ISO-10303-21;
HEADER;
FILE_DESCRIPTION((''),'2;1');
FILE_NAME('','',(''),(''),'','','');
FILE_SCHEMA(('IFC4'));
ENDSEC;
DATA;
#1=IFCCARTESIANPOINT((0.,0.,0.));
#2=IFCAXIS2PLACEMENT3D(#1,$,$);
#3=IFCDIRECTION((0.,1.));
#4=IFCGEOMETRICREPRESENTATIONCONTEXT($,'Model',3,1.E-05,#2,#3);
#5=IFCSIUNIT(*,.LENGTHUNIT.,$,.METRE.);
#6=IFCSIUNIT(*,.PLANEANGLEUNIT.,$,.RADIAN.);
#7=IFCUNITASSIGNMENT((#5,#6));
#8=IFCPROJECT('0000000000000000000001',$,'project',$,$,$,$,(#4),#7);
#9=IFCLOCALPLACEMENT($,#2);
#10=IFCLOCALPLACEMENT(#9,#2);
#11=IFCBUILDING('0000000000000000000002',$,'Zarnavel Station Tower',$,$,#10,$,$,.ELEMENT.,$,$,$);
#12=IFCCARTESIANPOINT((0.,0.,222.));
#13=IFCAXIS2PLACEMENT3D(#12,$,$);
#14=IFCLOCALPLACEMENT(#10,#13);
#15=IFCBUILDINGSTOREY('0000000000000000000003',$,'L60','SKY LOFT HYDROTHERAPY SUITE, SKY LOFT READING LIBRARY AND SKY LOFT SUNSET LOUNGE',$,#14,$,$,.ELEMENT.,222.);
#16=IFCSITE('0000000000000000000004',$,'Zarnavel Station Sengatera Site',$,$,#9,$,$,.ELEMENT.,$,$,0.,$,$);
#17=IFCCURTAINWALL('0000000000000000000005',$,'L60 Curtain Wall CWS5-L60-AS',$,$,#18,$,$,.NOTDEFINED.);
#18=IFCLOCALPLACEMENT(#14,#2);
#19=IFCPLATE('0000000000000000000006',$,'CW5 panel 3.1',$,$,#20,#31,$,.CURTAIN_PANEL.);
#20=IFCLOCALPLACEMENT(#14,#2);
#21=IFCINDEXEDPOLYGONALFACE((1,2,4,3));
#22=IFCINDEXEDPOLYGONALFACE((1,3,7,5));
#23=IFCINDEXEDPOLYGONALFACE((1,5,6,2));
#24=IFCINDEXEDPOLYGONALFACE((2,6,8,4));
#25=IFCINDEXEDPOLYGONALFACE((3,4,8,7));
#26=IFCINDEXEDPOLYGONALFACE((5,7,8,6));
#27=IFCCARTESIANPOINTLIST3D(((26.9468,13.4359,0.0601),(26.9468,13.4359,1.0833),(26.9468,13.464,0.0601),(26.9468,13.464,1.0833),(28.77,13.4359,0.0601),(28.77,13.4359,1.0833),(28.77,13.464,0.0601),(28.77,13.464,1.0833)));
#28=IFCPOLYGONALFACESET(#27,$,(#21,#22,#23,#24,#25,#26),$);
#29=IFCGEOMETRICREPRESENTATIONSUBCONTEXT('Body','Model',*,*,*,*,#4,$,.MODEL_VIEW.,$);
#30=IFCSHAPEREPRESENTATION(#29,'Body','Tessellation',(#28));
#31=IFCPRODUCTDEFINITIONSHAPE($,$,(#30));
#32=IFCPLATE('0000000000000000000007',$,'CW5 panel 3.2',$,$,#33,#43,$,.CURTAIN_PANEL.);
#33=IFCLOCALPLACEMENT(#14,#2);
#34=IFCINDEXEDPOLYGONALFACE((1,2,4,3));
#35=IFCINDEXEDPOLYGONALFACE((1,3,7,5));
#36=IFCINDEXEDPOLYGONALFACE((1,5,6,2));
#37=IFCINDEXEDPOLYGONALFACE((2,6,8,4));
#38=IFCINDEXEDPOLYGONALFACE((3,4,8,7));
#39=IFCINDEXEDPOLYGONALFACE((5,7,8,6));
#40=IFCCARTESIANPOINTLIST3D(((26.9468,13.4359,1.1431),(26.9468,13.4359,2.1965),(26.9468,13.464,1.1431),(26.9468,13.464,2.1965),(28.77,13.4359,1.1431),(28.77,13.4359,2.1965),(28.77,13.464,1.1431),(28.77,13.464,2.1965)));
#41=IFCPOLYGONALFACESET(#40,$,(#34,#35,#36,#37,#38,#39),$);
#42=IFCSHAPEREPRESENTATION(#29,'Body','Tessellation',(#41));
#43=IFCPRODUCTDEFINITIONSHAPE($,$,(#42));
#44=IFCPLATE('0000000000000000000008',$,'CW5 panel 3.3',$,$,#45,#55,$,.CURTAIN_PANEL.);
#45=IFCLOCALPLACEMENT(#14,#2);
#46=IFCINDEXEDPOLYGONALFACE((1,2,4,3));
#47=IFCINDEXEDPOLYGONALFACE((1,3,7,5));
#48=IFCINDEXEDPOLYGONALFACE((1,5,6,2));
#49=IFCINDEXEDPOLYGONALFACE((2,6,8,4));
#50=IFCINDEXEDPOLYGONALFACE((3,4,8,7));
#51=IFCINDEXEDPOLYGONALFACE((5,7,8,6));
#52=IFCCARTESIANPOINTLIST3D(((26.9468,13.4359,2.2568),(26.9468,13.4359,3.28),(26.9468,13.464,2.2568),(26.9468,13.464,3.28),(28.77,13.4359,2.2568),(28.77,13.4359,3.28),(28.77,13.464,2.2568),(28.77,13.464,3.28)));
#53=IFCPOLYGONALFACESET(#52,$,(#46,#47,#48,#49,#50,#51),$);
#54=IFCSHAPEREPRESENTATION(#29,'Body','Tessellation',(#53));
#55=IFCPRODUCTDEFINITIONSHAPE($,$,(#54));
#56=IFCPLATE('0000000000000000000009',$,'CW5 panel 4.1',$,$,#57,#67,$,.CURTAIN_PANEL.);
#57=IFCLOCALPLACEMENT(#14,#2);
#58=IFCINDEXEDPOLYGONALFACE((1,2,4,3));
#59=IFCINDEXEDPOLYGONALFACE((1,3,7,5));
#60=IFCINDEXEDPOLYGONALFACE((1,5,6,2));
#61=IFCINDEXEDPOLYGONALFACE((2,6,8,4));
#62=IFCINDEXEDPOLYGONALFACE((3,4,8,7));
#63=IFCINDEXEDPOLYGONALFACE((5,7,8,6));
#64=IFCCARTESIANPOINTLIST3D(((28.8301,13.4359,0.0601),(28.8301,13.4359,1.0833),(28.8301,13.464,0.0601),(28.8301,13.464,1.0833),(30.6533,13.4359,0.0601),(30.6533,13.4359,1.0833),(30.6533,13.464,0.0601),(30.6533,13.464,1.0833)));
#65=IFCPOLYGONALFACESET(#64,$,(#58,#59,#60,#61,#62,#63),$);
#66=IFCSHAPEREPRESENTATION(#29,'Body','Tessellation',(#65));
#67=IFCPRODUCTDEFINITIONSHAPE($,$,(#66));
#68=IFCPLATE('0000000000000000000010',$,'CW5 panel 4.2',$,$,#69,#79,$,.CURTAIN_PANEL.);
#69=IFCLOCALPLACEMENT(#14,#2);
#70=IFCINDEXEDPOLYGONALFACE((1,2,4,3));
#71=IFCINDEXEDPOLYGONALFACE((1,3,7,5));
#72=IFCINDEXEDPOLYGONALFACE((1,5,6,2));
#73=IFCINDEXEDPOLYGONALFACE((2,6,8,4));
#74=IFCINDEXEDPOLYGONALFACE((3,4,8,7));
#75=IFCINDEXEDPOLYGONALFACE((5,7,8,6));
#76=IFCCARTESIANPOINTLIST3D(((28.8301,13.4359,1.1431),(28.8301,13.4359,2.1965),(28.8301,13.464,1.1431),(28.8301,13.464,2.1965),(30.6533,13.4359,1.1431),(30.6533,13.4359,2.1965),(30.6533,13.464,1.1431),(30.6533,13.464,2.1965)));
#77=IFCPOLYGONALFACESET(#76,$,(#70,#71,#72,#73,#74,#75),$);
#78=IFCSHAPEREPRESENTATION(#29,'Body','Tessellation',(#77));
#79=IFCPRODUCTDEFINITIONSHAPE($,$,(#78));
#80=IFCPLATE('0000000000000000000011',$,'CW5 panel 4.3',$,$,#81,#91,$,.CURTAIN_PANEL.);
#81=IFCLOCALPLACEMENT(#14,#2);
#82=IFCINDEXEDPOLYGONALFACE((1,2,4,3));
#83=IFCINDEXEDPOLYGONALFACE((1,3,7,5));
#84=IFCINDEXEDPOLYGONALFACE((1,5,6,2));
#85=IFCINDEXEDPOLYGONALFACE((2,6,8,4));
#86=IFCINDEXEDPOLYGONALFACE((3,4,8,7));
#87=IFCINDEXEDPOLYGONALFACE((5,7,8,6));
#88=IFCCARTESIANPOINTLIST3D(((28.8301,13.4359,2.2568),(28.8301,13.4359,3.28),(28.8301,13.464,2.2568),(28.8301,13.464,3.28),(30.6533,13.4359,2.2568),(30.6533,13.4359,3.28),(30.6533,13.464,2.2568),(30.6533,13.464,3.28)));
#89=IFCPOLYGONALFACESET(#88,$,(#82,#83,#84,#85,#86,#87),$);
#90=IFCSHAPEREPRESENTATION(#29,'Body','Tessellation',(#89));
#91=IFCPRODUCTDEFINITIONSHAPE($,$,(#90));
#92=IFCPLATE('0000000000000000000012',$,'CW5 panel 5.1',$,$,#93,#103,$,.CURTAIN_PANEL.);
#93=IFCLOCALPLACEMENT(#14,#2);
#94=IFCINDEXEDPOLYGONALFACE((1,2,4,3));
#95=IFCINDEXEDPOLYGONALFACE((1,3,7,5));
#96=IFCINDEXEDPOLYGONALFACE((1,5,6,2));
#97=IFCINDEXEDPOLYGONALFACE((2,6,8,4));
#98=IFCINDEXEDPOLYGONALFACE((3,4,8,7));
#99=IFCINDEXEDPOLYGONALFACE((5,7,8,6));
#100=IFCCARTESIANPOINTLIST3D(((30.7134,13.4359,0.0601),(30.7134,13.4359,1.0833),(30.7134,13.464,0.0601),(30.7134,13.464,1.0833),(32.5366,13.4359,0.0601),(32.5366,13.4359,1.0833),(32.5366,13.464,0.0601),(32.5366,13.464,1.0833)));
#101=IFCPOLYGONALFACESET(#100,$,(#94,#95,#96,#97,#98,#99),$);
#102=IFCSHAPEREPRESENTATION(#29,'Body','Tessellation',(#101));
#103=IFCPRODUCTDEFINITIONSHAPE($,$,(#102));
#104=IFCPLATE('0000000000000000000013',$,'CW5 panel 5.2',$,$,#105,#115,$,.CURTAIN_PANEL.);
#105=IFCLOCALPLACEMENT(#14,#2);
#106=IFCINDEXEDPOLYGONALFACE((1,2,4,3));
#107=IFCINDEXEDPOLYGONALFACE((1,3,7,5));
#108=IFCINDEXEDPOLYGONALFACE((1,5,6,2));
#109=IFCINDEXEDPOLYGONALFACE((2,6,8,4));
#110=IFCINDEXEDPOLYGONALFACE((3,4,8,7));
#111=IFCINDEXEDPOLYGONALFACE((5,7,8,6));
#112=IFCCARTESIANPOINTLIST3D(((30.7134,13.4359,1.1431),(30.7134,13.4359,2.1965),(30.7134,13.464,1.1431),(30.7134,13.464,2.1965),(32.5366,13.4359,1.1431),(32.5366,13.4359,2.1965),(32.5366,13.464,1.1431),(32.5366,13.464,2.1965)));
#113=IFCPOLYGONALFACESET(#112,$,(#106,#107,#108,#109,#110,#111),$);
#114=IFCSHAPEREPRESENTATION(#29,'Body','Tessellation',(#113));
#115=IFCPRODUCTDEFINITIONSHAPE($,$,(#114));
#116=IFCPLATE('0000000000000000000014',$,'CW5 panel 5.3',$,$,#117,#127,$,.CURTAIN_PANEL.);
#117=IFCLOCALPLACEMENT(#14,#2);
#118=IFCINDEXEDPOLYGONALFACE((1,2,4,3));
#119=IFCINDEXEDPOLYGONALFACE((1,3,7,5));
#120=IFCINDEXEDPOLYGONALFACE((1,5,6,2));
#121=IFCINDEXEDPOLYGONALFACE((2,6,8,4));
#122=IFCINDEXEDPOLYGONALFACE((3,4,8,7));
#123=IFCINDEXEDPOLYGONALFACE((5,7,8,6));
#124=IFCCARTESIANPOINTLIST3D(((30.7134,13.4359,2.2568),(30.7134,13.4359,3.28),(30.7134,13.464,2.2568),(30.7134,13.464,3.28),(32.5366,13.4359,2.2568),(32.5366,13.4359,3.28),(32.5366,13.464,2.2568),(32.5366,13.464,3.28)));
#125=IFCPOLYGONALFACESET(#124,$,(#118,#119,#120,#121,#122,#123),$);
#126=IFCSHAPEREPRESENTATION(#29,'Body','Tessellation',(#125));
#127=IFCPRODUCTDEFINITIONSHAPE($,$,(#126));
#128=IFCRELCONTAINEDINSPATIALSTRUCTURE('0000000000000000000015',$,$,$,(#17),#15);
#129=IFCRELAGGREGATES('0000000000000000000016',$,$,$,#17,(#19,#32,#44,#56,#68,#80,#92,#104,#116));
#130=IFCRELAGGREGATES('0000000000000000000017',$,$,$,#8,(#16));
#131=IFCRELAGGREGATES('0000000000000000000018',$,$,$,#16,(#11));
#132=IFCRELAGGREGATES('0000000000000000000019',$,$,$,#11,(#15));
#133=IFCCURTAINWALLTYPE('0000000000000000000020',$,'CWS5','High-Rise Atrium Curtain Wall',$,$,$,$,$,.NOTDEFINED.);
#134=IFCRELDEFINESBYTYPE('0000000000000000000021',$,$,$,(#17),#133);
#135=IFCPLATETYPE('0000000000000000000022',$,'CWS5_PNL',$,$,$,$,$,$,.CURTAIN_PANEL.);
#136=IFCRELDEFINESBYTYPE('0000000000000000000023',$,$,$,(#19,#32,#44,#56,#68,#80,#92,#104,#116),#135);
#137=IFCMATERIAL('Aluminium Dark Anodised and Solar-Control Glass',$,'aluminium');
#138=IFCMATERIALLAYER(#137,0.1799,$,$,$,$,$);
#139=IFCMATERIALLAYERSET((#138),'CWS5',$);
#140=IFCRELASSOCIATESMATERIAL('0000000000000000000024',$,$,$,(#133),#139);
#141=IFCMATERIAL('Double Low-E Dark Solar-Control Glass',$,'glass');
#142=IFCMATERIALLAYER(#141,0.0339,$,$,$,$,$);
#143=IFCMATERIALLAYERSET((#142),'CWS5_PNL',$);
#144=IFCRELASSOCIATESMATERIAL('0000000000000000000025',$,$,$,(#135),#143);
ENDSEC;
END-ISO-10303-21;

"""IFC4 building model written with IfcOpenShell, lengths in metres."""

from ifc_helpers import new_model, si_unit, direction, frame, origin, origin_2d, place, context, subcontext, project, spatial, rectangle, extrude, material, layer, layer_set, type_object, element, aggregate, save


model = new_model("IFC4")

# Units and contexts
model_context = context("Model", 3, precision=1e-05, world=origin(), true_north=direction((0.0, 1.0)))
body_context = subcontext(model_context, "Body", "Model", "MODEL_VIEW")
ifc_project = project(units=[si_unit("LENGTHUNIT", "METRE"), si_unit("PLANEANGLEUNIT", "RADIAN")], contexts=[model_context])

# Site, building, storey
site_placement = place(None, origin())
site = spatial("IfcSite", under=ifc_project, at=site_placement, Name="Zarnavel Station Sengatera Site", CompositionType="ELEMENT", RefElevation=0.0)
building_placement = place(site_placement, origin())
building = spatial("IfcBuilding", under=site, at=building_placement, Name="Zarnavel Station Tower", CompositionType="ELEMENT")
storey_placement = place(building_placement, frame((0.0, 0.0, 222.0)))
storey = spatial("IfcBuildingStorey", under=building, at=storey_placement, Name="L60", Description="SKY LOFT HYDROTHERAPY SUITE, SKY LOFT READING LIBRARY AND SKY LOFT SUNSET LOUNGE", CompositionType="ELEMENT", Elevation=222.0)

# Curtain wall, plates
ifc_material_1 = material(Name="Aluminium Dark Anodised and Solar-Control Glass", Category="aluminium")
ifc_layer_1 = layer(ifc_material_1, 0.1799)
ifc_layer_set_1 = layer_set([ifc_layer_1], Name="CWS5")
curtain_wall_type = type_object("IfcCurtainWallType", Name="CWS5", Description="High-Rise Atrium Curtain Wall", PredefinedType="NOTDEFINED", material=ifc_layer_set_1)
curtain_wall_placement = place(storey_placement, origin())
curtain_wall = element("IfcCurtainWall", 1, at=curtain_wall_placement, inside=storey, type_object=curtain_wall_type, Name="L60 Curtain Wall CWS5-L60-AS", PredefinedType="NOTDEFINED")
ifc_material_2 = material(Name="Double Low-E Dark Solar-Control Glass", Category="glass")
ifc_layer_2 = layer(ifc_material_2, 0.0339)
ifc_layer_set_2 = layer_set([ifc_layer_2], Name="CWS5_PNL")
plate_type = type_object("IfcPlateType", Name="CWS5_PNL", PredefinedType="CURTAIN_PANEL", material=ifc_layer_set_2)
plate_1_placement = place(storey_placement, frame((27.8584, 13.45, 0.0601), z_axis=(0.0, 0.0, 1.0), x_axis=(1.0, 0.0, 0.0)))
plate_1 = element("IfcPlate", 2, at=plate_1_placement, type_object=plate_type, Name="CW5 panel 3.1", PredefinedType="CURTAIN_PANEL", context=body_context, shape_type="SweptSolid", body=[
    extrude(rectangle(XDim=1.8232, YDim=0.0281, at=origin_2d()), origin(), (0.0, 0.0, 1.0), 1.0232),
])
plate_2_placement = place(storey_placement, frame((27.8584, 13.45, 1.1431), z_axis=(0.0, 0.0, 1.0), x_axis=(1.0, 0.0, 0.0)))
plate_2 = element("IfcPlate", 3, at=plate_2_placement, type_object=plate_type, Name="CW5 panel 3.2", PredefinedType="CURTAIN_PANEL", context=body_context, shape_type="SweptSolid", body=[
    extrude(rectangle(XDim=1.8232, YDim=0.0281, at=origin_2d()), origin(), (0.0, 0.0, 1.0), 1.0535),
])
plate_3_placement = place(storey_placement, frame((27.8584, 13.45, 2.2568), z_axis=(0.0, 0.0, 1.0), x_axis=(1.0, 0.0, 0.0)))
plate_3 = element("IfcPlate", 4, at=plate_3_placement, type_object=plate_type, Name="CW5 panel 3.3", PredefinedType="CURTAIN_PANEL", context=body_context, shape_type="SweptSolid", body=[
    extrude(rectangle(XDim=1.8232, YDim=0.0281, at=origin_2d()), origin(), (0.0, 0.0, 1.0), 1.0232),
])
plate_4_placement = place(storey_placement, frame((29.7417, 13.45, 0.0601), z_axis=(0.0, 0.0, 1.0), x_axis=(1.0, 0.0, 0.0)))
plate_4 = element("IfcPlate", 5, at=plate_4_placement, type_object=plate_type, Name="CW5 panel 4.1", PredefinedType="CURTAIN_PANEL", context=body_context, shape_type="SweptSolid", body=[
    extrude(rectangle(XDim=1.8232, YDim=0.0281, at=origin_2d()), origin(), (0.0, 0.0, 1.0), 1.0232),
])
plate_5_placement = place(storey_placement, frame((29.7417, 13.45, 1.1431), z_axis=(0.0, 0.0, 1.0), x_axis=(1.0, 0.0, 0.0)))
plate_5 = element("IfcPlate", 6, at=plate_5_placement, type_object=plate_type, Name="CW5 panel 4.2", PredefinedType="CURTAIN_PANEL", context=body_context, shape_type="SweptSolid", body=[
    extrude(rectangle(XDim=1.8232, YDim=0.0281, at=origin_2d()), origin(), (0.0, 0.0, 1.0), 1.0535),
])
plate_6_placement = place(storey_placement, frame((29.7417, 13.45, 2.2568), z_axis=(0.0, 0.0, 1.0), x_axis=(1.0, 0.0, 0.0)))
plate_6 = element("IfcPlate", 7, at=plate_6_placement, type_object=plate_type, Name="CW5 panel 4.3", PredefinedType="CURTAIN_PANEL", context=body_context, shape_type="SweptSolid", body=[
    extrude(rectangle(XDim=1.8232, YDim=0.0281, at=origin_2d()), origin(), (0.0, 0.0, 1.0), 1.0232),
])
plate_7_placement = place(storey_placement, frame((31.625, 13.45, 0.0601), z_axis=(0.0, 0.0, 1.0), x_axis=(1.0, 0.0, 0.0)))
plate_7 = element("IfcPlate", 8, at=plate_7_placement, type_object=plate_type, Name="CW5 panel 5.1", PredefinedType="CURTAIN_PANEL", context=body_context, shape_type="SweptSolid", body=[
    extrude(rectangle(XDim=1.8232, YDim=0.0281, at=origin_2d()), origin(), (0.0, 0.0, 1.0), 1.0232),
])
plate_8_placement = place(storey_placement, frame((31.625, 13.45, 1.1431), z_axis=(0.0, 0.0, 1.0), x_axis=(1.0, 0.0, 0.0)))
plate_8 = element("IfcPlate", 9, at=plate_8_placement, type_object=plate_type, Name="CW5 panel 5.2", PredefinedType="CURTAIN_PANEL", context=body_context, shape_type="SweptSolid", body=[
    extrude(rectangle(XDim=1.8232, YDim=0.0281, at=origin_2d()), origin(), (0.0, 0.0, 1.0), 1.0535),
])
plate_9_placement = place(storey_placement, frame((31.625, 13.45, 2.2568), z_axis=(0.0, 0.0, 1.0), x_axis=(1.0, 0.0, 0.0)))
plate_9 = element("IfcPlate", 10, at=plate_9_placement, type_object=plate_type, Name="CW5 panel 5.3", PredefinedType="CURTAIN_PANEL", context=body_context, shape_type="SweptSolid", body=[
    extrude(rectangle(XDim=1.8232, YDim=0.0281, at=origin_2d()), origin(), (0.0, 0.0, 1.0), 1.0232),
])
aggregate(curtain_wall, [plate_1, plate_2, plate_3, plate_4, plate_5, plate_6, plate_7, plate_8, plate_9])

save(model, "model.ifc")
